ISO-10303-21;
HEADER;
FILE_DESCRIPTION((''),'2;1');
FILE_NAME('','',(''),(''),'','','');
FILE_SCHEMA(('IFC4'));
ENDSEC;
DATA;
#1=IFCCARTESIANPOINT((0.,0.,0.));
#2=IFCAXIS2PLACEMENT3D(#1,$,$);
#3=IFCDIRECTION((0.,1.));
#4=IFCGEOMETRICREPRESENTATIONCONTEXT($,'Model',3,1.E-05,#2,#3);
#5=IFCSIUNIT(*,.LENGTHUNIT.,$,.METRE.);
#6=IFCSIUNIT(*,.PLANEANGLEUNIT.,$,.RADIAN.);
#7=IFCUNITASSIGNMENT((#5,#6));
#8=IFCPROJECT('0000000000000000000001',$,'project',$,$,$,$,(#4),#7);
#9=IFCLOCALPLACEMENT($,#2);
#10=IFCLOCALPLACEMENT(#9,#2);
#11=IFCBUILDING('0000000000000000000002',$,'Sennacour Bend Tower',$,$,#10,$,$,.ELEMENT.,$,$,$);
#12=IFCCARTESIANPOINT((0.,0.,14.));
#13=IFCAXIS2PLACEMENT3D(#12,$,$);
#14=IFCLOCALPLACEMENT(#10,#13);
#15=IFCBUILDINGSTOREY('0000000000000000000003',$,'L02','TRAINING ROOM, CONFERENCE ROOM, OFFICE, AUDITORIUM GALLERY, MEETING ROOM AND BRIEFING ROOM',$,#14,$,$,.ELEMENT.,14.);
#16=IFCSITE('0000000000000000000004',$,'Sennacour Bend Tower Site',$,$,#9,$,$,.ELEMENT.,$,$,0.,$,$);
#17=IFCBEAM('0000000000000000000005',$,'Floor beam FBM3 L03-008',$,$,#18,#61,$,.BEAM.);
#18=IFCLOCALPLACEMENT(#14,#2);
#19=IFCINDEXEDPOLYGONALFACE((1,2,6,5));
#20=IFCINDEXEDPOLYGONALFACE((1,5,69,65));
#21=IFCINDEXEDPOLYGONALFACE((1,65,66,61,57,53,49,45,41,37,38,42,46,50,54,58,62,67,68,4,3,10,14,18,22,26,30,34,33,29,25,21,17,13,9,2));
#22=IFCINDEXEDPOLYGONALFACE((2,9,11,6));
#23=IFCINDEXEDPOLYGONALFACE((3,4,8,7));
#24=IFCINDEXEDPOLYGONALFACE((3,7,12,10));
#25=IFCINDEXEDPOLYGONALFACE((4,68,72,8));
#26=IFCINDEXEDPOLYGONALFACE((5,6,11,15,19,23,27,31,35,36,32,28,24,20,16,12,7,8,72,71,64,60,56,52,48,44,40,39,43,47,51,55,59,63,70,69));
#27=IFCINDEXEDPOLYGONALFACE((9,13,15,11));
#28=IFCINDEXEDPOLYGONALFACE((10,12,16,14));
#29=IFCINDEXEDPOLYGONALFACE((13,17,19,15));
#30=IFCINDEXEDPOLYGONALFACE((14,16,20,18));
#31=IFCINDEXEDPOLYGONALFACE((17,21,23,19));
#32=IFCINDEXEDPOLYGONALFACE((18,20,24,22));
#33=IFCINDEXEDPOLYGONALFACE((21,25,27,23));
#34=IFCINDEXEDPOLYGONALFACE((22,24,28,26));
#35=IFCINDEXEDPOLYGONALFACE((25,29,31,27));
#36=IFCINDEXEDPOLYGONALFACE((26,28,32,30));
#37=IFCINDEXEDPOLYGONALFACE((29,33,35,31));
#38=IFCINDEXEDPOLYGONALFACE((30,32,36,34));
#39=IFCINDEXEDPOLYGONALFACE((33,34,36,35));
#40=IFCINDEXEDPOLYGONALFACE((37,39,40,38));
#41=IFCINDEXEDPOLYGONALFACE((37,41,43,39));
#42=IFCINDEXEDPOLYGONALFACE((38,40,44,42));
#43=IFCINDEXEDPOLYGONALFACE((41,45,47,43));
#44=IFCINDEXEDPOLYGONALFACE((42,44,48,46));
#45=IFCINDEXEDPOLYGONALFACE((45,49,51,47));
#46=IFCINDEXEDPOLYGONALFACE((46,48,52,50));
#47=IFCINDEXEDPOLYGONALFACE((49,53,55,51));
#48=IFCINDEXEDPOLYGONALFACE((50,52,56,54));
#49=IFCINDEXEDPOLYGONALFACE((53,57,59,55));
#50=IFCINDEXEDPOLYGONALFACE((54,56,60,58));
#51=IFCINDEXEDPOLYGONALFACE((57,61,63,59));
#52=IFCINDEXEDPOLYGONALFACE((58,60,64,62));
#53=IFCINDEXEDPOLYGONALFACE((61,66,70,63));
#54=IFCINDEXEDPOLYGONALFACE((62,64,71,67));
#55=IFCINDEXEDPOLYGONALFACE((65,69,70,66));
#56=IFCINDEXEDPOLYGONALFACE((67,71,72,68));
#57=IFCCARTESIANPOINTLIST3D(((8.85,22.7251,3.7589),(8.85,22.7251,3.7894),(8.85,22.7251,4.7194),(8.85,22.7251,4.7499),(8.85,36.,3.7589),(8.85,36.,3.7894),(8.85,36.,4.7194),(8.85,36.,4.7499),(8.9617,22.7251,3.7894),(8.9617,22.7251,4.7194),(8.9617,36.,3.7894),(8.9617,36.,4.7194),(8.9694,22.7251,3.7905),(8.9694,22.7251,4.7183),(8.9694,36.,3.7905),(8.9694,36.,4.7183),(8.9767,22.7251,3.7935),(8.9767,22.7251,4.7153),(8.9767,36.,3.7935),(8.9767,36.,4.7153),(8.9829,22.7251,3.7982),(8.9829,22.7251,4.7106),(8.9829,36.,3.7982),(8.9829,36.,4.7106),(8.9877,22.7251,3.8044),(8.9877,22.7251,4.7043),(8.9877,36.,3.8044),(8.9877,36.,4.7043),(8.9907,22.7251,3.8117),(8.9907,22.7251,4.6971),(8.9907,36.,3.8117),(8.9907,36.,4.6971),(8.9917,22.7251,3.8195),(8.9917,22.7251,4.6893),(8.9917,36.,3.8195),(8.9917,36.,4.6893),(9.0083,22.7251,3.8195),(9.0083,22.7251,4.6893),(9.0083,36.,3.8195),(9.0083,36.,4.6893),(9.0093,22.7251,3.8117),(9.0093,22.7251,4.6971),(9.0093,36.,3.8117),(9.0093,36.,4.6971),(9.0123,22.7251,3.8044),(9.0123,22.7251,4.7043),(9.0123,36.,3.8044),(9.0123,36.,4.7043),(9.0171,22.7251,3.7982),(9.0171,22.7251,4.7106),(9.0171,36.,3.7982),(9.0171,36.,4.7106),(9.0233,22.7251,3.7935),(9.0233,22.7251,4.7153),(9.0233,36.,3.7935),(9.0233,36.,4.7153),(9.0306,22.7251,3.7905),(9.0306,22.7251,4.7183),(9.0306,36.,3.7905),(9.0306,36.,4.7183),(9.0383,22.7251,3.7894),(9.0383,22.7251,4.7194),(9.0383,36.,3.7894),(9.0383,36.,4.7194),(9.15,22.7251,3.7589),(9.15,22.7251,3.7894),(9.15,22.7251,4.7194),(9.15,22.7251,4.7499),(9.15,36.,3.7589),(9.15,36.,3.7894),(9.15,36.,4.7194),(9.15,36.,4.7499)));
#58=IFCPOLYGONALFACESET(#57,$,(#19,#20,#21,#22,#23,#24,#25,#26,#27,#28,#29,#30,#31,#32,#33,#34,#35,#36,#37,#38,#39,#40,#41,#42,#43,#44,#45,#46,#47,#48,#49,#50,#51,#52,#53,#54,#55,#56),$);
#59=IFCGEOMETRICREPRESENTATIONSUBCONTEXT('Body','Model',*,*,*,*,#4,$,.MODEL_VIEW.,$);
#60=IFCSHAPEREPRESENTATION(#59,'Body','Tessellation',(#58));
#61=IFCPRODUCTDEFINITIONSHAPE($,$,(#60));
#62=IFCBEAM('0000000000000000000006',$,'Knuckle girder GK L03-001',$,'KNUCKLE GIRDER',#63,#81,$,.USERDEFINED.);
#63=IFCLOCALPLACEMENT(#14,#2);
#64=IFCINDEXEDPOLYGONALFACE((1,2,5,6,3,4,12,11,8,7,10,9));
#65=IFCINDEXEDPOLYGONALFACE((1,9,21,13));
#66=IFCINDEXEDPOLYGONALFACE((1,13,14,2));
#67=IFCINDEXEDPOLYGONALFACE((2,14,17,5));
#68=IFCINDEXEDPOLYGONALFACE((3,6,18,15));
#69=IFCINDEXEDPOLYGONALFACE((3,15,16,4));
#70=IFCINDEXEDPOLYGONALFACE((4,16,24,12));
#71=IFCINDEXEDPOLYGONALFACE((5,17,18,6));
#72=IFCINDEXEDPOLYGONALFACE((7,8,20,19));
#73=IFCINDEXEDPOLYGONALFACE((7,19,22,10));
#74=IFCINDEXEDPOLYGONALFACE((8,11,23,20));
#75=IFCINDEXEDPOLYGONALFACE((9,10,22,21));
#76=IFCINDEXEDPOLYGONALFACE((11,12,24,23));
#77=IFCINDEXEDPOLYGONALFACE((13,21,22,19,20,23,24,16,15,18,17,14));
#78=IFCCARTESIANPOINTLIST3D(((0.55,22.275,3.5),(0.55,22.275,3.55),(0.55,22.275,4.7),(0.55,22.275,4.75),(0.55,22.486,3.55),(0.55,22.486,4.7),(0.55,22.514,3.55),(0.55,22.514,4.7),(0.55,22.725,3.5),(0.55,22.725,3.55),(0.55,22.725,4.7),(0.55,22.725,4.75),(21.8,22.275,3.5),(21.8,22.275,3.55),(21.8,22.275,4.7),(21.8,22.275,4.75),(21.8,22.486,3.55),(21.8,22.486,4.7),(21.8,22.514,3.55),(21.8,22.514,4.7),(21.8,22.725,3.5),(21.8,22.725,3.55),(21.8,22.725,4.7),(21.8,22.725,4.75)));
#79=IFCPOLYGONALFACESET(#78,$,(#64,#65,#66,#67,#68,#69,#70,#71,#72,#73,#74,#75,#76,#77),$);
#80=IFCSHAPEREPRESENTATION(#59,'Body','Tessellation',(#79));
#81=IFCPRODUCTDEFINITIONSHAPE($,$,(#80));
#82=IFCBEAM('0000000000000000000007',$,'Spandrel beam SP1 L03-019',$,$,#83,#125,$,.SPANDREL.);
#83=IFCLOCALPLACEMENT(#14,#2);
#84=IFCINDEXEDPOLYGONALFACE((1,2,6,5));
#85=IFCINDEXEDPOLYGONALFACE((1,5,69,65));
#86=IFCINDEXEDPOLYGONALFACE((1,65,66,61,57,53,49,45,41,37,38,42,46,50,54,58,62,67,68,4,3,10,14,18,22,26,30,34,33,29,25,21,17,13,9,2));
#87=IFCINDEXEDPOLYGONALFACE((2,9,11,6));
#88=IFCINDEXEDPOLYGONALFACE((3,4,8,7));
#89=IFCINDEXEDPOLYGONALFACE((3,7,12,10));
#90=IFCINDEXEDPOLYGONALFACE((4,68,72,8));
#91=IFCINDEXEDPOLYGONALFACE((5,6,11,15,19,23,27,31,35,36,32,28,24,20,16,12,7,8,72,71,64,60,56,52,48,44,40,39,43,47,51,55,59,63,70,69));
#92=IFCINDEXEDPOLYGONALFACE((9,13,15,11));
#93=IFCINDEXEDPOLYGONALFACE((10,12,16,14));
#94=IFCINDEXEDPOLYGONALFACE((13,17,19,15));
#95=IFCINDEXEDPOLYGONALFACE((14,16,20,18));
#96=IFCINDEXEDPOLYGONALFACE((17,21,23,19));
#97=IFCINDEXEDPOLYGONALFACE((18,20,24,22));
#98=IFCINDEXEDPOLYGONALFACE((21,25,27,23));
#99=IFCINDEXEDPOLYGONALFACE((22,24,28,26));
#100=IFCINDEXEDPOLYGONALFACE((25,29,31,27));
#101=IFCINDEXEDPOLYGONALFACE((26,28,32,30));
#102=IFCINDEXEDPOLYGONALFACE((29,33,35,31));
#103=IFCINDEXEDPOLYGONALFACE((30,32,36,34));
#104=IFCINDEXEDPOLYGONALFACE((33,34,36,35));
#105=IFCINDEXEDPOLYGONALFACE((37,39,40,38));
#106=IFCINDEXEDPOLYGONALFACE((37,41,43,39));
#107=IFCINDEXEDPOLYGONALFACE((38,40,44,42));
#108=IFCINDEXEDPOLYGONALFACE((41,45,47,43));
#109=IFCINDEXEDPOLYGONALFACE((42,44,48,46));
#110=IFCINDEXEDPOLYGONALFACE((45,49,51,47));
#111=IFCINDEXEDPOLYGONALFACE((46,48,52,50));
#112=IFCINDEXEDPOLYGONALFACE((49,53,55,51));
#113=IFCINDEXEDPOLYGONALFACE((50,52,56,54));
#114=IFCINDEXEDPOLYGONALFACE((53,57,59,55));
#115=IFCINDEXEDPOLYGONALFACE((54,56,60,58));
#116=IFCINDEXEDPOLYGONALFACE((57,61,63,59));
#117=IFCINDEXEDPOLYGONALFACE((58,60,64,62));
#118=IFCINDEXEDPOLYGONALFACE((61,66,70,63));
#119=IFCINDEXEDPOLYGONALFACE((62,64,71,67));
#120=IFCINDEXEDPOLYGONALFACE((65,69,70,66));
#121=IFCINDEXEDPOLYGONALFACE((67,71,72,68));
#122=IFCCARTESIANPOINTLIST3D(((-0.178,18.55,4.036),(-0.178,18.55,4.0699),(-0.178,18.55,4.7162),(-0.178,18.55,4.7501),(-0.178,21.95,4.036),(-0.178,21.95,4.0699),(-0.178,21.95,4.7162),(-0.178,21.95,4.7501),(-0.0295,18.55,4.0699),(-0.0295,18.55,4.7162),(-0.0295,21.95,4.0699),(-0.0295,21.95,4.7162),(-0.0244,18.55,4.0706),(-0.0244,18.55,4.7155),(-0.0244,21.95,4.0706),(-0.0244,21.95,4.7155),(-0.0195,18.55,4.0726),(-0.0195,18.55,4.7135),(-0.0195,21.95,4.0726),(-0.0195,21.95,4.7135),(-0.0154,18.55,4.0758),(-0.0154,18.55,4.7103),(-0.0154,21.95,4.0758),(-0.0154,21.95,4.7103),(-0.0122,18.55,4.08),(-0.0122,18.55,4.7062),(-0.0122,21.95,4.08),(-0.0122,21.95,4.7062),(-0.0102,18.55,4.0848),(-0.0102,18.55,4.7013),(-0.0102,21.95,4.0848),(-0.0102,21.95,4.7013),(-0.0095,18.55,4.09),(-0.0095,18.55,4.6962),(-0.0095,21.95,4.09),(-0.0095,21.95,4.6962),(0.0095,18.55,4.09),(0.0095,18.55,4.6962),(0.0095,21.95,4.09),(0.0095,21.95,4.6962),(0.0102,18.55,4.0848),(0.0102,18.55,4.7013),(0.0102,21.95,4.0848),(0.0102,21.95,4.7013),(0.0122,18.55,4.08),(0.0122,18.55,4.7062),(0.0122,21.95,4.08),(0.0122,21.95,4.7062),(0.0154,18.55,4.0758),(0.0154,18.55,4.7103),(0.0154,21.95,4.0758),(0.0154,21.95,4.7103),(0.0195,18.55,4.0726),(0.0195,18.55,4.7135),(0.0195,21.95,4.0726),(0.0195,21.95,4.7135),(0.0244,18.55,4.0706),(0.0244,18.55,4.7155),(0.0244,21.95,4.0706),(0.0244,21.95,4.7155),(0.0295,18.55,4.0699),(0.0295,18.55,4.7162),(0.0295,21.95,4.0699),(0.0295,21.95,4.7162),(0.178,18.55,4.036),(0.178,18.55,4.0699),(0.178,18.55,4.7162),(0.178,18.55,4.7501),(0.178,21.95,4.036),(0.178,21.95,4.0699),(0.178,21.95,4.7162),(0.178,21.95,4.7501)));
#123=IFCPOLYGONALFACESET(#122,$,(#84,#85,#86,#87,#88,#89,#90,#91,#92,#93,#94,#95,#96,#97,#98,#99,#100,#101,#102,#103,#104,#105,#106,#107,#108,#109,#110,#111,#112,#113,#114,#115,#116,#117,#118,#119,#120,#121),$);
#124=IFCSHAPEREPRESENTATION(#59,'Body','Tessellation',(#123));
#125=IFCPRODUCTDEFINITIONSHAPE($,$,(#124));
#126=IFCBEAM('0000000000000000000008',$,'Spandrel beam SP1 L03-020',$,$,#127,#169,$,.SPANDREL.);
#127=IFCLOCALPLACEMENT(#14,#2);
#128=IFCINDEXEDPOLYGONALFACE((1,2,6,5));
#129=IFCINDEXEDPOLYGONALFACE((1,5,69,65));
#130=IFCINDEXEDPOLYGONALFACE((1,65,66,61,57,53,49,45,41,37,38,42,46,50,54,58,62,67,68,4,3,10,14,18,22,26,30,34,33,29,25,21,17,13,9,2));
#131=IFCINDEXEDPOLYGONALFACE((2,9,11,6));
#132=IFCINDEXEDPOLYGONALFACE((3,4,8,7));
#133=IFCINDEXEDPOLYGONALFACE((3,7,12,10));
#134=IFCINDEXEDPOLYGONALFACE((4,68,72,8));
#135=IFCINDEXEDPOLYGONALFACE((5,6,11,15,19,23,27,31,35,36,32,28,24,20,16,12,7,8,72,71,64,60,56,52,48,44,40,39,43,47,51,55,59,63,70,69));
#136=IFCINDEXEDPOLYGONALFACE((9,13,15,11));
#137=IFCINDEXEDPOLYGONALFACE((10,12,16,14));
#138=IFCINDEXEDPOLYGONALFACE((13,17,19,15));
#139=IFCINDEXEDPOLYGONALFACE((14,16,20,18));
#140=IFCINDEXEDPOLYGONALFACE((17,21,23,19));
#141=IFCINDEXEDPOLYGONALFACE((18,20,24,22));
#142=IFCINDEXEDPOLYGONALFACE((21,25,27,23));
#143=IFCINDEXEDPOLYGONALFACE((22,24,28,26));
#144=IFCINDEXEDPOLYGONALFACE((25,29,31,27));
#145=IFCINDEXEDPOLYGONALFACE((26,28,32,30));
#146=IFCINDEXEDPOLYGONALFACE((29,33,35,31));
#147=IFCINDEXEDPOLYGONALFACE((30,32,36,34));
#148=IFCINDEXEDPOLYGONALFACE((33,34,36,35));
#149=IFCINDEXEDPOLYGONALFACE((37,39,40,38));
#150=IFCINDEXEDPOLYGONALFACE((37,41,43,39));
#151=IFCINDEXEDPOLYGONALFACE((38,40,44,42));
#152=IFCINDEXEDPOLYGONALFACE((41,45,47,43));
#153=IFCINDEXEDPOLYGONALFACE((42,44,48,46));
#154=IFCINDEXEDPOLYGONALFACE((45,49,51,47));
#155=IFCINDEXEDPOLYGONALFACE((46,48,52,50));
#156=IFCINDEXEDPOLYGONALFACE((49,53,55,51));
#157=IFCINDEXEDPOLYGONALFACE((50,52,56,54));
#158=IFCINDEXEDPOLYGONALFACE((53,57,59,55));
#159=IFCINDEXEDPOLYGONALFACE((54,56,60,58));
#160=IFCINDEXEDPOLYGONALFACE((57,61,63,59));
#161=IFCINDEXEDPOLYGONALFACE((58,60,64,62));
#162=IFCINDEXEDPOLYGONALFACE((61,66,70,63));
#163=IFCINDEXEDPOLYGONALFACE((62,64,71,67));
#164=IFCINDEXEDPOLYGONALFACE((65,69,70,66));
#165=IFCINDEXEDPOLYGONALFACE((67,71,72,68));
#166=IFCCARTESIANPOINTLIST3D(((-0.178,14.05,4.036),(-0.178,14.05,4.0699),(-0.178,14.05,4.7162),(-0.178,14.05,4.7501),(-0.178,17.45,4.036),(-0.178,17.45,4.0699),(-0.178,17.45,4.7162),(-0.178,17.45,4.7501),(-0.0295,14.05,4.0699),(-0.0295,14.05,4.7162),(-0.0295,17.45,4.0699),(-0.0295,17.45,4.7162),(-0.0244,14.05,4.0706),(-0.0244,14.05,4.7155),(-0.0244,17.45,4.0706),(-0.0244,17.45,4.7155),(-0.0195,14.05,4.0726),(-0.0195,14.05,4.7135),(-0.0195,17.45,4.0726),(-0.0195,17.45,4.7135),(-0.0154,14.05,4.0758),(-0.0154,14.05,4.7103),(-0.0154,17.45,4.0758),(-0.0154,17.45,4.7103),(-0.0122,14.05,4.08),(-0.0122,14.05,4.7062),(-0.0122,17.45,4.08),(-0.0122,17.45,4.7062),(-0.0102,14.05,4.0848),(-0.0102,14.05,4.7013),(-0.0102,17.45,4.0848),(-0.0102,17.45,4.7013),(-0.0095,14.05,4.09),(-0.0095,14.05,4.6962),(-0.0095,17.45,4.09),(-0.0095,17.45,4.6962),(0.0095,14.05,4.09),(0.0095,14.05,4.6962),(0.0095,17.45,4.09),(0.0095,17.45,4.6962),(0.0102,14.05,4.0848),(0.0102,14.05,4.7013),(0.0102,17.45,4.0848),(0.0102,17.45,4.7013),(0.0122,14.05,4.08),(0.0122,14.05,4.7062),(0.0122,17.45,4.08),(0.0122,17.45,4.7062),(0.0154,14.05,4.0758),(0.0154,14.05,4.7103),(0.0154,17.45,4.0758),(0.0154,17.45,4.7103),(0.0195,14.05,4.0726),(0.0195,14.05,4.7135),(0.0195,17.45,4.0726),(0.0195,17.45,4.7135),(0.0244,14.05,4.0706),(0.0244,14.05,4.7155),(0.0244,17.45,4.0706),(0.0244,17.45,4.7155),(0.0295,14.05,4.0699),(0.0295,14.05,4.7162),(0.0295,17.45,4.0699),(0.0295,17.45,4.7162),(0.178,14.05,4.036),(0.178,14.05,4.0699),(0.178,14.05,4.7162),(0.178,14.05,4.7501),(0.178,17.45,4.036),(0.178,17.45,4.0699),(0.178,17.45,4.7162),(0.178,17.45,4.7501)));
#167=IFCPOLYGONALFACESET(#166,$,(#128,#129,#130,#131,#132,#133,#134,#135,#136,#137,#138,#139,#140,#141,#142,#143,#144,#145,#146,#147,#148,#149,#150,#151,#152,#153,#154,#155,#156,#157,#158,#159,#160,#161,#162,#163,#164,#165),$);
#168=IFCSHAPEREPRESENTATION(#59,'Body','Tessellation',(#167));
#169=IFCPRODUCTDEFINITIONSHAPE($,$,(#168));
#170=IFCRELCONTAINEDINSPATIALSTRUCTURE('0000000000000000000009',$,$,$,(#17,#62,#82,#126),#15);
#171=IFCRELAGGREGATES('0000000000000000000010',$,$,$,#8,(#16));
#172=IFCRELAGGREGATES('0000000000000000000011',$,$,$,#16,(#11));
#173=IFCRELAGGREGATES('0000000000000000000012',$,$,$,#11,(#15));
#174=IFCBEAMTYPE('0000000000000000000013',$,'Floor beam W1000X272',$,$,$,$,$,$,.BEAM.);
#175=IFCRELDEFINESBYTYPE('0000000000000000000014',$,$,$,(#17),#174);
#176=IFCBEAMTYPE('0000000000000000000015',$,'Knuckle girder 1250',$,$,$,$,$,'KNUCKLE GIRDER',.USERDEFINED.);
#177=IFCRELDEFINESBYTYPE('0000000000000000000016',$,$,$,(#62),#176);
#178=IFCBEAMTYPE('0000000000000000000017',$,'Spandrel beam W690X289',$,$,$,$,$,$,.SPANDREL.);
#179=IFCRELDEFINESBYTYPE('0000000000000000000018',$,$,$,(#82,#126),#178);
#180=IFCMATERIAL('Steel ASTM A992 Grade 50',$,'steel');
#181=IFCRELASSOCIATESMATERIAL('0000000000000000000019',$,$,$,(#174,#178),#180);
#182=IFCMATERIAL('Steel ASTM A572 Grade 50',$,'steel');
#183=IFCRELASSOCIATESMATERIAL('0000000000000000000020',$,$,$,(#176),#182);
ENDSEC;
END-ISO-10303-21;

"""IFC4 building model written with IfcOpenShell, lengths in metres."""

from ifc_helpers import new_model, si_unit, direction, frame, origin, origin_2d, place, context, subcontext, project, spatial, i_section, extrude, material, material_profile, profile_set, type_object, element, save


model = new_model("IFC4")

# Units and contexts
model_context = context("Model", 3, precision=1e-05, world=origin(), true_north=direction((0.0, 1.0)))
body_context = subcontext(model_context, "Body", "Model", "MODEL_VIEW")
ifc_project = project(units=[si_unit("LENGTHUNIT", "METRE"), si_unit("PLANEANGLEUNIT", "RADIAN")], contexts=[model_context])

# Site, building, storey
site_placement = place(None, origin())
site = spatial("IfcSite", under=ifc_project, at=site_placement, Name="Sennacour Bend Tower Site", CompositionType="ELEMENT", RefElevation=0.0)
building_placement = place(site_placement, origin())
building = spatial("IfcBuilding", under=site, at=building_placement, Name="Sennacour Bend Tower", CompositionType="ELEMENT")
storey_placement = place(building_placement, frame((0.0, 0.0, 14.0)))
storey = spatial("IfcBuildingStorey", under=building, at=storey_placement, Name="L02", Description="TRAINING ROOM, CONFERENCE ROOM, OFFICE, AUDITORIUM GALLERY, MEETING ROOM AND BRIEFING ROOM", CompositionType="ELEMENT", Elevation=14.0)

# Shared definitions
ifc_material_1 = material(Name="Steel ASTM A572 Grade 50", Category="steel")

# Beams
ifc_material_2 = material(Name="Steel ASTM A992 Grade 50", Category="steel")
ifc_material_profile_1 = material_profile(ifc_material_2, i_section(OverallWidth=0.3, OverallDepth=0.991, WebThickness=0.0166, FlangeThickness=0.0305, FilletRadius=0.03, at=origin_2d()), Name="Steel ASTM A992 Grade 50", Category="steel")
ifc_profile_set_1 = profile_set([ifc_material_profile_1], Name="Steel ASTM A992 Grade 50")
beam_type_1 = type_object("IfcBeamType", Name="Floor beam W1000X272", PredefinedType="BEAM", material=ifc_profile_set_1)
for number, where, z_axis, x_axis, name in (
    (1, (9.0, 22.7251, 4.2544), (0.0, 1.0, 0.0), (-1.0, 0.0, 0.0), "Floor beam FBM3 L03-008"),
):
    element("IfcBeam", number, at=place(storey_placement, frame(where, z_axis=z_axis, x_axis=x_axis)), inside=storey, type_object=beam_type_1, Name=name, PredefinedType="BEAM", context=body_context, shape_type="SweptSolid", body=[
        extrude(i_section(OverallWidth=0.3, OverallDepth=0.991, WebThickness=0.0166, FlangeThickness=0.0305, FilletRadius=0.03, at=origin_2d()), origin(), (0.0, 0.0, 1.0), 13.2749),
    ])
ifc_material_profile_2 = material_profile(ifc_material_1, i_section(OverallWidth=0.45, OverallDepth=1.25, WebThickness=0.0281, FlangeThickness=0.05, at=origin_2d()), Name="Steel ASTM A572 Grade 50", Category="steel")
ifc_profile_set_2 = profile_set([ifc_material_profile_2], Name="Steel ASTM A572 Grade 50")
beam_type_2 = type_object("IfcBeamType", Name="Knuckle girder 1250", ElementType="KNUCKLE GIRDER", PredefinedType="USERDEFINED", material=ifc_profile_set_2)
beam_placement = place(storey_placement, frame((0.55, 22.5, 4.125), z_axis=(1.0, 0.0, 0.0), x_axis=(0.0, 1.0, 0.0)))
element("IfcBeam", 2, at=beam_placement, inside=storey, type_object=beam_type_2, Name="Knuckle girder GK L03-001", ObjectType="KNUCKLE GIRDER", PredefinedType="USERDEFINED", context=body_context, shape_type="SweptSolid", body=[
    extrude(i_section(OverallWidth=0.45, OverallDepth=1.25, WebThickness=0.0281, FlangeThickness=0.05, at=origin_2d()), origin(), (0.0, 0.0, 1.0), 21.25),
])
ifc_material_profile_3 = material_profile(ifc_material_2, i_section(OverallWidth=0.356, OverallDepth=0.7141, WebThickness=0.019, FlangeThickness=0.0339, FilletRadius=0.02, at=origin_2d()), Name="Steel ASTM A992 Grade 50", Category="steel")
ifc_profile_set_3 = profile_set([ifc_material_profile_3], Name="Steel ASTM A992 Grade 50")
beam_type_3 = type_object("IfcBeamType", Name="Spandrel beam W690X289", PredefinedType="SPANDREL", material=ifc_profile_set_3)
for number, where, z_axis, x_axis, name in (
    (3, (0.0, 21.95, 4.3931), (0.0, -1.0, 0.0), (1.0, 0.0, 0.0), "Spandrel beam SP1 L03-019"),
    (4, (0.0, 17.45, 4.3931), (0.0, -1.0, 0.0), (1.0, 0.0, 0.0), "Spandrel beam SP1 L03-020"),
):
    element("IfcBeam", number, at=place(storey_placement, frame(where, z_axis=z_axis, x_axis=x_axis)), inside=storey, type_object=beam_type_3, Name=name, PredefinedType="SPANDREL", context=body_context, shape_type="SweptSolid", body=[
        extrude(i_section(OverallWidth=0.356, OverallDepth=0.7141, WebThickness=0.019, FlangeThickness=0.0339, FilletRadius=0.02, at=origin_2d()), origin(), (0.0, 0.0, 1.0), 3.3999),
    ])

save(model, "model.ifc")
